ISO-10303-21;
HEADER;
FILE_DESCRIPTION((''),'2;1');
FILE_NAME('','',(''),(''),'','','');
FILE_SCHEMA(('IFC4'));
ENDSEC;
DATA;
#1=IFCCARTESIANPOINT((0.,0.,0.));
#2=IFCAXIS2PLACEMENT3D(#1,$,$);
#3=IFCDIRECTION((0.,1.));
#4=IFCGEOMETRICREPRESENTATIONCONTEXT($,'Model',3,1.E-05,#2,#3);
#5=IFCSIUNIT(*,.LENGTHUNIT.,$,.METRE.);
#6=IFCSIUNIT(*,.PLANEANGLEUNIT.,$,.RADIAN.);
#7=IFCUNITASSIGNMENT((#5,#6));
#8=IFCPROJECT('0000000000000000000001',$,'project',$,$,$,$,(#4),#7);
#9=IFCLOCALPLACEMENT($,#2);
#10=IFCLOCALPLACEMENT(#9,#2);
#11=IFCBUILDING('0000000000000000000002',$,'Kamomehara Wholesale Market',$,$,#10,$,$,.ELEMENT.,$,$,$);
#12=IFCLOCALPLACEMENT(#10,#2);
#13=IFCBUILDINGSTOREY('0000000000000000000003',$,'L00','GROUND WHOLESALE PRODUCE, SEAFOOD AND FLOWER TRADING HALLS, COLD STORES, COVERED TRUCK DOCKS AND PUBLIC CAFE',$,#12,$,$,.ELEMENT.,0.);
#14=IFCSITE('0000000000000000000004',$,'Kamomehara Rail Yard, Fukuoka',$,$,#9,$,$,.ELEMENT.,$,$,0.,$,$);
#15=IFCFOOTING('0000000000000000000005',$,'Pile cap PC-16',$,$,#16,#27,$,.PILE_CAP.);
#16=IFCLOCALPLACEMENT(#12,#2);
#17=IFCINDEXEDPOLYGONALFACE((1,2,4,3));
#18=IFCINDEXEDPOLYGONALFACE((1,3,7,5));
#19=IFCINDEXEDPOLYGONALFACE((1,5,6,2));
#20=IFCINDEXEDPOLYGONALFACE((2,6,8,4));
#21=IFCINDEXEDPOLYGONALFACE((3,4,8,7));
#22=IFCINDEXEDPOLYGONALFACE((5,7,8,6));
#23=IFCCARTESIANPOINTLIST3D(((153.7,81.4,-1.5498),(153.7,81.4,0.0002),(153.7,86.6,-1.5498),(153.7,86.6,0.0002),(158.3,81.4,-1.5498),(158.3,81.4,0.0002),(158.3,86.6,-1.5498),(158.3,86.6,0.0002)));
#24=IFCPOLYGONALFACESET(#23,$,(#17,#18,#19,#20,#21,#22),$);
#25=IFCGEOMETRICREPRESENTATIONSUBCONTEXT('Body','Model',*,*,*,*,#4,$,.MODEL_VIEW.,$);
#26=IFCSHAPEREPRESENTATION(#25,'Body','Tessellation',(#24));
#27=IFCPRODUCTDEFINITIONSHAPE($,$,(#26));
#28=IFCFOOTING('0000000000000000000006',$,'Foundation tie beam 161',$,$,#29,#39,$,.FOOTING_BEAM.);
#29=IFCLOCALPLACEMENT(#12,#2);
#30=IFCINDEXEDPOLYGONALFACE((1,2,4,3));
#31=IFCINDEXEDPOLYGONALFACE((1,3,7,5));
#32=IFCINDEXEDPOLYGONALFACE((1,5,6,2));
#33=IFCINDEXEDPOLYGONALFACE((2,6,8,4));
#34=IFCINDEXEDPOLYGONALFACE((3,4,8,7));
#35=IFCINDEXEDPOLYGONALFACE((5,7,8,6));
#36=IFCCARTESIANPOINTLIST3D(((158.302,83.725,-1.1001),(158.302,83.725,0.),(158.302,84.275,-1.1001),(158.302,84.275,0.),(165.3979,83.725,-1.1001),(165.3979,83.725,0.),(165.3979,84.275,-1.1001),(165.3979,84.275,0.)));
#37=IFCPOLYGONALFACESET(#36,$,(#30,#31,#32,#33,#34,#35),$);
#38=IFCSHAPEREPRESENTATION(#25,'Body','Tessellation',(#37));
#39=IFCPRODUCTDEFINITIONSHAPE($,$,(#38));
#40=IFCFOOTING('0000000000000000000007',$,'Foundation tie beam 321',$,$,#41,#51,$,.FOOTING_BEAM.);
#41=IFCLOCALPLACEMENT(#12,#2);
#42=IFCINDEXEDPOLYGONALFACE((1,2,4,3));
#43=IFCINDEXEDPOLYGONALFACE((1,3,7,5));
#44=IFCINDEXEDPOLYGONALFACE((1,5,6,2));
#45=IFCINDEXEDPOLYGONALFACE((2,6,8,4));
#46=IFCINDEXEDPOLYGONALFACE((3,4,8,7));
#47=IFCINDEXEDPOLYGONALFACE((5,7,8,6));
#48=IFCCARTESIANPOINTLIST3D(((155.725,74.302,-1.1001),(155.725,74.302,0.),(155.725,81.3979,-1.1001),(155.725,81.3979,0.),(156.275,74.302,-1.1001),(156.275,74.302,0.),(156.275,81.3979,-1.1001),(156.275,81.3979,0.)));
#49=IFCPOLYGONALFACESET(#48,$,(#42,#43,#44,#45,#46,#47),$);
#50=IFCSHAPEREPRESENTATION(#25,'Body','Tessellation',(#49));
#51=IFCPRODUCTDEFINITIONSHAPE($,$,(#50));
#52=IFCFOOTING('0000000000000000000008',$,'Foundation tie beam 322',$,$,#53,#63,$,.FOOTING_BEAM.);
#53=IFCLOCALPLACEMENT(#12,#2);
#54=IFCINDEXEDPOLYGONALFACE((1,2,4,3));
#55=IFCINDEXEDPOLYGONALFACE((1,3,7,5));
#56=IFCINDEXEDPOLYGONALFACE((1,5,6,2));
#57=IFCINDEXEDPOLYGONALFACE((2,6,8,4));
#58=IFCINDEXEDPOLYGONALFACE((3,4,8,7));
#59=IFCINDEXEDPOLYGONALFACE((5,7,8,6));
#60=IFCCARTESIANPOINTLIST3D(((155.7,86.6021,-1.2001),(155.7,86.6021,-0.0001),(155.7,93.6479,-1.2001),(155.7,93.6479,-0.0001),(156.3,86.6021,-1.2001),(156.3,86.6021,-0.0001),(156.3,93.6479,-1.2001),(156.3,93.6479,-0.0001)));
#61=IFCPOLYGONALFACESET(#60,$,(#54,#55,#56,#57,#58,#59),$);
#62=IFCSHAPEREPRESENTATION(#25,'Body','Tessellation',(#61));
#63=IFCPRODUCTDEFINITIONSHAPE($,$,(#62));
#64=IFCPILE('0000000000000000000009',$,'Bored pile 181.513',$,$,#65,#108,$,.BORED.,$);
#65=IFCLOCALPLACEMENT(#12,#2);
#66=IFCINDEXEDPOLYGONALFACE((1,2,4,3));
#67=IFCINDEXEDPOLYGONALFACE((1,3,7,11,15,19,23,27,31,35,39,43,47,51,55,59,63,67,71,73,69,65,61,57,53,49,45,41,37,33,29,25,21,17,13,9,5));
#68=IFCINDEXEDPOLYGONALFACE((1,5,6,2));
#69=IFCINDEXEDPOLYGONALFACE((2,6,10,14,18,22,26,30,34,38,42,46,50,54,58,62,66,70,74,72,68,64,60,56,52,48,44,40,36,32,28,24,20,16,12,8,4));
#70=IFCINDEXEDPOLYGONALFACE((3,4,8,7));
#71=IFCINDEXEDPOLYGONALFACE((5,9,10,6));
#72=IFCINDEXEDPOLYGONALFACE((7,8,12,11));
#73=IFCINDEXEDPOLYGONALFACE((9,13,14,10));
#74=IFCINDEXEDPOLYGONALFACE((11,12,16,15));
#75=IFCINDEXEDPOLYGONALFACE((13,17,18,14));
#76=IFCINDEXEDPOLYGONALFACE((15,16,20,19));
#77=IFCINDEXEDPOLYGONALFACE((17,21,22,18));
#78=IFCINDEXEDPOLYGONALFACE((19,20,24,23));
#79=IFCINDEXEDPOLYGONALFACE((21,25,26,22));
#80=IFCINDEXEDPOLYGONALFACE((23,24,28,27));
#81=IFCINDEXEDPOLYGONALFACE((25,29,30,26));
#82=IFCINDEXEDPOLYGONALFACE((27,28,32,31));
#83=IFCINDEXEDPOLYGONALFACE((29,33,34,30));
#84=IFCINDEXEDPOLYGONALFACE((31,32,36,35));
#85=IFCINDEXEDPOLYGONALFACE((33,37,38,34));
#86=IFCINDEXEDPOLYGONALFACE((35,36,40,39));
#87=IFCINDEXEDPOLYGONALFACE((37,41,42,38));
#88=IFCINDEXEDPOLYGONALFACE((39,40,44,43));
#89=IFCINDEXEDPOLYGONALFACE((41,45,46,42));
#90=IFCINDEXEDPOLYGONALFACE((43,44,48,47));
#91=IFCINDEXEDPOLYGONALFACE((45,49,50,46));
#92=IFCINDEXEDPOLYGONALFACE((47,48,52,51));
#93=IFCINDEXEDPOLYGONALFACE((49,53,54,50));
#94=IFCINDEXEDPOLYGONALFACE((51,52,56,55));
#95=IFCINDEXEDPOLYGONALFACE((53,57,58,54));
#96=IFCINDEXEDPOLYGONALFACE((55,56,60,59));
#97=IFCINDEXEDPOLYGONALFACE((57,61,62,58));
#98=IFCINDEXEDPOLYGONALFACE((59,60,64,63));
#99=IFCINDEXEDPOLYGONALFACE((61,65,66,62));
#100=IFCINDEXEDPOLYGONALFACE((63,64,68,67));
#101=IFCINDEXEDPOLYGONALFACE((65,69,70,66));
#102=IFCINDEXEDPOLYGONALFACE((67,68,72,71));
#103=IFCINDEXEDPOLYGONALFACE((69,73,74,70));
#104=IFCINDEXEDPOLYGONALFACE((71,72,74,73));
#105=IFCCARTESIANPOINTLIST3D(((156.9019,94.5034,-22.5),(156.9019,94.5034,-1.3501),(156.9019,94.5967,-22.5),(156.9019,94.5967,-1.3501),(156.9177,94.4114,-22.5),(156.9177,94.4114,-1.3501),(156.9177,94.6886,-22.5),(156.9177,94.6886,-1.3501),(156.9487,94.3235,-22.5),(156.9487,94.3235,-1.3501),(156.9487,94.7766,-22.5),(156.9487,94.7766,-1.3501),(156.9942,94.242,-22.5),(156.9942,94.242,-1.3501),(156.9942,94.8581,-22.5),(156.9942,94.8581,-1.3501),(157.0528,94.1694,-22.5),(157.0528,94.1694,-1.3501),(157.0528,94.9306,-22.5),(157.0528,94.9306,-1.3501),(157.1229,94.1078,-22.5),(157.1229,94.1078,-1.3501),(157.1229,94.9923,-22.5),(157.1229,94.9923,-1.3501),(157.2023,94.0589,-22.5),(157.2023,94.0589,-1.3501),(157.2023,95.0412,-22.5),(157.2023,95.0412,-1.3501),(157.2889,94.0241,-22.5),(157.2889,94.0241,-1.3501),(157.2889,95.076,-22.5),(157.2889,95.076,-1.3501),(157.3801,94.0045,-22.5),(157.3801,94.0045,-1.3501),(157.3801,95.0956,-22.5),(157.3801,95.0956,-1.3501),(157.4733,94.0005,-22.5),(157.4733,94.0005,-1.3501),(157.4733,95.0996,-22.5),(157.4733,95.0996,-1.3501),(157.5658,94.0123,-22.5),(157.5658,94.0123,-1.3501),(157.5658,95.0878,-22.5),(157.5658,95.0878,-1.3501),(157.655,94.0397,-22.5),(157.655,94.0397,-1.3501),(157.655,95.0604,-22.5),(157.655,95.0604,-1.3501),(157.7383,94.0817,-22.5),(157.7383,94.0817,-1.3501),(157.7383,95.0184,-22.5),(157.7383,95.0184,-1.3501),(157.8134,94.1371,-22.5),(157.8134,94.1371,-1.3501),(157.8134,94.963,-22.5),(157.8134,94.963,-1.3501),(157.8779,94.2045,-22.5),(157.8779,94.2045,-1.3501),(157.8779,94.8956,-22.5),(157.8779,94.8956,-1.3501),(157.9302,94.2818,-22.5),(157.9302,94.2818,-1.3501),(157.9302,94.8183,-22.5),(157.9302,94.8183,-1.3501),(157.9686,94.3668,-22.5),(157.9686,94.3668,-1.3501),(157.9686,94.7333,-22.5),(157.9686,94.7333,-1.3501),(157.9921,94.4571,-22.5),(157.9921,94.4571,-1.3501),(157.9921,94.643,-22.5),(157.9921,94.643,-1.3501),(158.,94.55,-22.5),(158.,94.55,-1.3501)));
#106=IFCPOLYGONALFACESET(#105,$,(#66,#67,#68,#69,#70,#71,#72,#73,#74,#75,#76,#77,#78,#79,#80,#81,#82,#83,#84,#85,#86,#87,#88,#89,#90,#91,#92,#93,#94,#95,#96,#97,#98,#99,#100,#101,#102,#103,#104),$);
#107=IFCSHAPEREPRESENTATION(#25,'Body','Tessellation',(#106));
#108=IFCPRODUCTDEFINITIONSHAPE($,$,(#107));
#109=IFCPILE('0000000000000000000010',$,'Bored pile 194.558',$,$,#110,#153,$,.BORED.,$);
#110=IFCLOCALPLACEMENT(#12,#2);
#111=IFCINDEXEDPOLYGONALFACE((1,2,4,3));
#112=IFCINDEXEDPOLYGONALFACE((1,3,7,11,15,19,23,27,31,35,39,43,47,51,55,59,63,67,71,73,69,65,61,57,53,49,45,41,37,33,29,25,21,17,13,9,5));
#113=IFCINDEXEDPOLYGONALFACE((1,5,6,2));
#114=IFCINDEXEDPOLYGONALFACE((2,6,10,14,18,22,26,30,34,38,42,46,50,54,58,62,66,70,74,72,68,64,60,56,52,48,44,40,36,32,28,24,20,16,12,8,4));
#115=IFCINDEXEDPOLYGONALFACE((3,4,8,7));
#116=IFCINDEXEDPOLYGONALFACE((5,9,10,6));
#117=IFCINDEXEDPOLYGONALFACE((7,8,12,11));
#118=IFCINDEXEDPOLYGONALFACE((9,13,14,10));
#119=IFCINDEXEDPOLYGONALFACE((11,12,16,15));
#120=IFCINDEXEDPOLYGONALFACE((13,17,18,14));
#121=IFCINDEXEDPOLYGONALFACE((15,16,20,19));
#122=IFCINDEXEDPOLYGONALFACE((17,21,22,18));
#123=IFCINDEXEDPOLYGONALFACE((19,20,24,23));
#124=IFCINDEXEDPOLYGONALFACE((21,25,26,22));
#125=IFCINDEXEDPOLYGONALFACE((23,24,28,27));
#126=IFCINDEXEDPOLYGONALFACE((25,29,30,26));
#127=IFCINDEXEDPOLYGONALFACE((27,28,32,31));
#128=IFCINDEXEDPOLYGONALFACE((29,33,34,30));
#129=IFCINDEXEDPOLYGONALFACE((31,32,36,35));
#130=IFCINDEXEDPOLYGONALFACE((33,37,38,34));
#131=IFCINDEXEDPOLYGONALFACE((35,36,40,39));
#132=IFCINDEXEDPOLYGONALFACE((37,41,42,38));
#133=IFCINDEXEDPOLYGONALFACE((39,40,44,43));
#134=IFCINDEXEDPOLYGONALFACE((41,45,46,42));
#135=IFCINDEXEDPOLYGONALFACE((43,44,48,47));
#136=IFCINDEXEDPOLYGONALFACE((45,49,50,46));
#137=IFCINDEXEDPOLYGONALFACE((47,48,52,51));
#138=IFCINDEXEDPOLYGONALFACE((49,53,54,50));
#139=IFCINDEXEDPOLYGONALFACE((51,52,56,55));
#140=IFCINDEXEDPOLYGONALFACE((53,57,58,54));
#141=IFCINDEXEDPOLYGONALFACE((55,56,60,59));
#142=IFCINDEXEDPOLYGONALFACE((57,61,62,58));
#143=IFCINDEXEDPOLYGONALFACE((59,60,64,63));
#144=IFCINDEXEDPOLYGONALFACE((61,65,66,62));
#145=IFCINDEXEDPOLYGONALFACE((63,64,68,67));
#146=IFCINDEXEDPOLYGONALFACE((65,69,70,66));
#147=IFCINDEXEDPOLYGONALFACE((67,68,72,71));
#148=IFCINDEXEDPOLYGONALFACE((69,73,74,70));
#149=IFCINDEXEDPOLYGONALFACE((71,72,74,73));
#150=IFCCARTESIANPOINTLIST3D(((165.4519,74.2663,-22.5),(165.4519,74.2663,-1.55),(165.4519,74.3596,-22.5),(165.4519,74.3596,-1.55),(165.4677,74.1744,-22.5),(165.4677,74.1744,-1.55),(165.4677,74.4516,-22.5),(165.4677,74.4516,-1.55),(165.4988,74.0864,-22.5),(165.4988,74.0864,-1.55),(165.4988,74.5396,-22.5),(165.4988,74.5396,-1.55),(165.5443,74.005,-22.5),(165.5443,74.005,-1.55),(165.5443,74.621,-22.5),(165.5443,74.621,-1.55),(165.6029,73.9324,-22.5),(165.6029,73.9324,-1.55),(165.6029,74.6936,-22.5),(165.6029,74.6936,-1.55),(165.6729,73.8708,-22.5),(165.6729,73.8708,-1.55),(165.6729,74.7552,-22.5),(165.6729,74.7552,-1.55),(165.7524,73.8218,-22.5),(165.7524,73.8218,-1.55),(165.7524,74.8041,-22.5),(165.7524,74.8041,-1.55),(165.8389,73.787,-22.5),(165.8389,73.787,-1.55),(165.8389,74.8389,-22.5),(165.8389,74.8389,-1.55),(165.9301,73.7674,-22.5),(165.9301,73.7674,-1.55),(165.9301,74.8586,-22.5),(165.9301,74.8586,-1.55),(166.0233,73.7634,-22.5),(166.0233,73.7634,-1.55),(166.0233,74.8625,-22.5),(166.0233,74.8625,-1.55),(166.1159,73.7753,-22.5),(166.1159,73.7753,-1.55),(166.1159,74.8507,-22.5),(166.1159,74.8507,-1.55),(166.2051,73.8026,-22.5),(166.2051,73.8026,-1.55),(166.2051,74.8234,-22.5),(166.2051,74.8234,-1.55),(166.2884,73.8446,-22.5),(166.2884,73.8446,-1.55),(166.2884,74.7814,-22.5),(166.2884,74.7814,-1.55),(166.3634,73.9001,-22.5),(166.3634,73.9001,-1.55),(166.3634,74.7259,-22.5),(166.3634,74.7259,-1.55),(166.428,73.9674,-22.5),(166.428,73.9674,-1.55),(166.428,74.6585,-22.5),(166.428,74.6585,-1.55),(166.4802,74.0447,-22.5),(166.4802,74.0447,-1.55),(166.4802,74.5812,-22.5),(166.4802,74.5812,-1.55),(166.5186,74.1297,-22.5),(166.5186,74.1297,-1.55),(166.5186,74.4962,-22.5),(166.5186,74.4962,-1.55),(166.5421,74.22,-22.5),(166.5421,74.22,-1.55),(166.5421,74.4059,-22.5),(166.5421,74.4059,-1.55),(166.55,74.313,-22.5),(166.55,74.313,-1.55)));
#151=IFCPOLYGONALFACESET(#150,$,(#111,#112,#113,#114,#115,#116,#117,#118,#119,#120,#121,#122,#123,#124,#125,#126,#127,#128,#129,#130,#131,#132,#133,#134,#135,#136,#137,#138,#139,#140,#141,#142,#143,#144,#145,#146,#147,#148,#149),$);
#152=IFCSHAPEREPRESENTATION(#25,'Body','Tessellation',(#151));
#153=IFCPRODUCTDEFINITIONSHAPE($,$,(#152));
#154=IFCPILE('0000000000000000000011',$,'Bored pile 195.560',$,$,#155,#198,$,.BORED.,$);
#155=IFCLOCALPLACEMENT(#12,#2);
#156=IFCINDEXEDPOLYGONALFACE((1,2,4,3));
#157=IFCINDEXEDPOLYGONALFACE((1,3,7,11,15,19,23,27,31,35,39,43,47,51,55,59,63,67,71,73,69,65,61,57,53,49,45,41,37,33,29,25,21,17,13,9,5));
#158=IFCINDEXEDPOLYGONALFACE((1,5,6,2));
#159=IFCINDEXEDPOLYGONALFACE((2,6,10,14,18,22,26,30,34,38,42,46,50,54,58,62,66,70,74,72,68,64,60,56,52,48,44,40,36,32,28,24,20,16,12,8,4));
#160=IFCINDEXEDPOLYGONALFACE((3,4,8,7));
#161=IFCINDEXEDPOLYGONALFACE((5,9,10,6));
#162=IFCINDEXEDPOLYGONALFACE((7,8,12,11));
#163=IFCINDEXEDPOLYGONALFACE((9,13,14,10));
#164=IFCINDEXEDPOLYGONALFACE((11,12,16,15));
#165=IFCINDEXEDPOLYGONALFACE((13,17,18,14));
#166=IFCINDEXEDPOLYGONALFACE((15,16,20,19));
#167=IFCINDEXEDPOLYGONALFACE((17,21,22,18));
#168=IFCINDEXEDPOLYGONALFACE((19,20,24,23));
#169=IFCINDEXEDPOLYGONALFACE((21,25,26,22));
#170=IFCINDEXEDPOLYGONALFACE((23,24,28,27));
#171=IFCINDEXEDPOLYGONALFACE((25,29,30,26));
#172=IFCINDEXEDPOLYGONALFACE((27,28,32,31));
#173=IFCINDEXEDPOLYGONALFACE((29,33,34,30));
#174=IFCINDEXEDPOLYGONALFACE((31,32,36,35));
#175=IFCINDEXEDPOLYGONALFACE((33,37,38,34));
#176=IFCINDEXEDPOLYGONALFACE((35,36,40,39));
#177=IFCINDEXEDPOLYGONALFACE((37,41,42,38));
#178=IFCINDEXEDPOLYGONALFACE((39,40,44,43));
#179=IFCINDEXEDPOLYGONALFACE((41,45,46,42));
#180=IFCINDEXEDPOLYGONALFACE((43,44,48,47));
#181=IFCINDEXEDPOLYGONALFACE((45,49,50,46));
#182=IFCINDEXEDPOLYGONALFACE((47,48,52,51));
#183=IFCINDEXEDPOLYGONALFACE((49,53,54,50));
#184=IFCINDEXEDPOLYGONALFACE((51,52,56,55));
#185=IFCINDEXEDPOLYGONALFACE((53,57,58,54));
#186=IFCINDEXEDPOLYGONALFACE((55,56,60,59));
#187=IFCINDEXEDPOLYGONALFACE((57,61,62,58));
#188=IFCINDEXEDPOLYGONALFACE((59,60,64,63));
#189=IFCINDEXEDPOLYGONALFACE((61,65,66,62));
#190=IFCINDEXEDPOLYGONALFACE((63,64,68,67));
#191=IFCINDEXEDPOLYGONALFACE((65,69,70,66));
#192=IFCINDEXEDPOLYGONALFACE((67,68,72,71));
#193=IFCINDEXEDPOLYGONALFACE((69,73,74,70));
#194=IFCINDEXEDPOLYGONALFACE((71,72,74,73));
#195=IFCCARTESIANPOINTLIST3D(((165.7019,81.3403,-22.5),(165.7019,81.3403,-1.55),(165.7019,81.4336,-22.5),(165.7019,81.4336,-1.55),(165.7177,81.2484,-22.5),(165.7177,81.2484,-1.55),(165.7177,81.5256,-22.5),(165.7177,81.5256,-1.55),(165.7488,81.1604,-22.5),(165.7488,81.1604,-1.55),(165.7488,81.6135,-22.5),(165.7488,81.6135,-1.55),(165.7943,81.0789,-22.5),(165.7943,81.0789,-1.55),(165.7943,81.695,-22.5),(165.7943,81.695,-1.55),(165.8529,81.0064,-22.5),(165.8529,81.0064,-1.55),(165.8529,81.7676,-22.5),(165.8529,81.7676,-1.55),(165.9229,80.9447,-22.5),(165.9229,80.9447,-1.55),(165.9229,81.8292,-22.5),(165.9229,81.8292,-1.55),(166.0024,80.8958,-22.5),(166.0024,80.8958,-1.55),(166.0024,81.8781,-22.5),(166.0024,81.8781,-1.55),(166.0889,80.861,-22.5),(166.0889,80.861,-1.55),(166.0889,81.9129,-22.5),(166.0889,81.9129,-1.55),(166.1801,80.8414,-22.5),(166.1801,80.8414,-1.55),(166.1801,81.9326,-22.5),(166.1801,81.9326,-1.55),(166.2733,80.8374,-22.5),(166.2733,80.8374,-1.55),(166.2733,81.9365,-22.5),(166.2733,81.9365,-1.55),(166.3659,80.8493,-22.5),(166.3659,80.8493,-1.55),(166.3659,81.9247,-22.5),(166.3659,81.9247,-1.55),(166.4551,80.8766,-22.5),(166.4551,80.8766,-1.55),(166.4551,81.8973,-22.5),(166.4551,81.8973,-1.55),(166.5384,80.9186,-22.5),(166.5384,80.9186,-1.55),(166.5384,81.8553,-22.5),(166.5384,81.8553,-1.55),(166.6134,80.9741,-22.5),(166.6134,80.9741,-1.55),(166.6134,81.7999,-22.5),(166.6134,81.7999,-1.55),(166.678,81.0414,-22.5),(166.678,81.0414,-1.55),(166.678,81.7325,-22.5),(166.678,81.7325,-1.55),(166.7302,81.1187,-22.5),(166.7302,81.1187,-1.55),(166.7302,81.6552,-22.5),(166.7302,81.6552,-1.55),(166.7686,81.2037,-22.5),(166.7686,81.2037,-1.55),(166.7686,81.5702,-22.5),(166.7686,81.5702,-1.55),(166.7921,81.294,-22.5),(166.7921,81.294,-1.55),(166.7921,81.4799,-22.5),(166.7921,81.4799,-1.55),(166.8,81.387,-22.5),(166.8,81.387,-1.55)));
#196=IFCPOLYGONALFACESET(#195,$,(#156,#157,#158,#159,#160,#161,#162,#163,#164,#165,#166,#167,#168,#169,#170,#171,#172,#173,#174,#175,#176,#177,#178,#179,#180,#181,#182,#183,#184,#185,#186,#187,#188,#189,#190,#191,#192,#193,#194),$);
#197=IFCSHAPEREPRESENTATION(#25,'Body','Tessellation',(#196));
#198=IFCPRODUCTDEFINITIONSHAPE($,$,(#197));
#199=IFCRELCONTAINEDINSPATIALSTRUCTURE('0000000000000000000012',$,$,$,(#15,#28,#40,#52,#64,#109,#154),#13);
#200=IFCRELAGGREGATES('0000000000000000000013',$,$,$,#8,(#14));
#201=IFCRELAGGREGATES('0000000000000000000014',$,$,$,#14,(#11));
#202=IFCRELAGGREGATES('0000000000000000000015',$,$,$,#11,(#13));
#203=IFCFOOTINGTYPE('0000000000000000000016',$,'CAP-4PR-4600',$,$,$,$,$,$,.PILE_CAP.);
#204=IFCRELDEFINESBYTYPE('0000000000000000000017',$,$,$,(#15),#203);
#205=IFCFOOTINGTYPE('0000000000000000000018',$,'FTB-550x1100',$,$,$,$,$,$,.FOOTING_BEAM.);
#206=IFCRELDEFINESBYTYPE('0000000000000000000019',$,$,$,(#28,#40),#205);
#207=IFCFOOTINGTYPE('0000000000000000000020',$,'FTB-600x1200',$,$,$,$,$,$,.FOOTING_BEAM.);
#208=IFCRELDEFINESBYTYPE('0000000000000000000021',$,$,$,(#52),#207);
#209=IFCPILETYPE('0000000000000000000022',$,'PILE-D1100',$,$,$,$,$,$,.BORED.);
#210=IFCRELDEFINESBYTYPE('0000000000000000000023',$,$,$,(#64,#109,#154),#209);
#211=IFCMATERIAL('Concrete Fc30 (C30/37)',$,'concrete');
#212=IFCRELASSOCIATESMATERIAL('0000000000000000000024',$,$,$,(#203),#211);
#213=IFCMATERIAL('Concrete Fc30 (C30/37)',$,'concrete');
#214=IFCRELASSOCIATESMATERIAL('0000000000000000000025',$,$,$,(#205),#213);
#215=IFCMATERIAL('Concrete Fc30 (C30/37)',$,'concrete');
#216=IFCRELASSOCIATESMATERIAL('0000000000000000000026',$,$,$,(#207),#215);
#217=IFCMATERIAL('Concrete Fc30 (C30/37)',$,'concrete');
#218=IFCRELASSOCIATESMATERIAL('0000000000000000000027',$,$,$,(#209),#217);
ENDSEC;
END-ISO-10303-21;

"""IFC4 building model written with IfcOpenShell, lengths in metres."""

from ifc_helpers import new_model, si_unit, direction, frame, origin, origin_2d, place, context, subcontext, project, spatial, rectangle, circle, extrude, material, material_profile, profile_set, type_object, element, save


model = new_model("IFC4")

# Units and contexts
model_context = context("Model", 3, precision=1e-05, world=origin(), true_north=direction((0.0, 1.0)))
body_context = subcontext(model_context, "Body", "Model", "MODEL_VIEW")
ifc_project = project(units=[si_unit("LENGTHUNIT", "METRE"), si_unit("PLANEANGLEUNIT", "RADIAN")], contexts=[model_context])

# Site, building, storey
site_placement = place(None, origin())
site = spatial("IfcSite", under=ifc_project, at=site_placement, Name="Kamomehara Rail Yard, Fukuoka", CompositionType="ELEMENT", RefElevation=0.0)
building_placement = place(site_placement, origin())
building = spatial("IfcBuilding", under=site, at=building_placement, Name="Kamomehara Wholesale Market", CompositionType="ELEMENT")
storey_placement = place(building_placement, origin())
storey = spatial("IfcBuildingStorey", under=building, at=storey_placement, Name="L00", Description="GROUND WHOLESALE PRODUCE, SEAFOOD AND FLOWER TRADING HALLS, COLD STORES, COVERED TRUCK DOCKS AND PUBLIC CAFE", CompositionType="ELEMENT", Elevation=0.0)

# Footings
ifc_material_1 = material(Name="Concrete Fc30 (C30/37)", Category="concrete")
footing_type_1 = type_object("IfcFootingType", Name="CAP-4PR-4600", PredefinedType="PILE_CAP", material=ifc_material_1)
footing_1_placement = place(storey_placement, frame((156.0, 84.0, -1.5498), z_axis=(0.0, 0.0, 1.0), x_axis=(1.0, 0.0, 0.0)))
element("IfcFooting", 1, at=footing_1_placement, inside=storey, type_object=footing_type_1, Name="Pile cap PC-16", PredefinedType="PILE_CAP", context=body_context, shape_type="SweptSolid", body=[
    extrude(rectangle(XDim=4.6001, YDim=5.2, at=origin_2d()), origin(), (0.0, 0.0, 1.0), 1.55),
])
ifc_material_2 = material(Name="Concrete Fc30 (C30/37)", Category="concrete")
ifc_material_profile_1 = material_profile(ifc_material_2, rectangle(XDim=0.55, YDim=1.1001, at=origin_2d()), Name="RC-FTB-550x1100")
ifc_profile_set_1 = profile_set([ifc_material_profile_1], Name="Concrete Fc30 (C30/37)")
footing_type_2 = type_object("IfcFootingType", Name="FTB-550x1100", PredefinedType="FOOTING_BEAM", material=ifc_profile_set_1)
for number, where, z_axis, x_axis, name in (
    (2, (158.302, 84.0, -0.55), (1.0, 0.0, 0.0), (0.0, 1.0, 0.0), "Foundation tie beam 161"),
    (3, (156.0, 74.302, -0.55), (0.0, 1.0, 0.0), (-1.0, 0.0, 0.0), "Foundation tie beam 321"),
):
    element("IfcFooting", number, at=place(storey_placement, frame(where, z_axis=z_axis, x_axis=x_axis)), inside=storey, type_object=footing_type_2, Name=name, PredefinedType="FOOTING_BEAM", context=body_context, shape_type="SweptSolid", body=[
        extrude(rectangle(XDim=0.55, YDim=1.1001, at=origin_2d()), origin(), (0.0, 0.0, 1.0), 7.0959),
    ])
ifc_material_3 = material(Name="Concrete Fc30 (C30/37)", Category="concrete")
ifc_material_profile_2 = material_profile(ifc_material_3, rectangle(XDim=0.6001, YDim=1.2, at=origin_2d()), Name="RC-FTB-600x1200")
ifc_profile_set_2 = profile_set([ifc_material_profile_2], Name="Concrete Fc30 (C30/37)")
footing_type_3 = type_object("IfcFootingType", Name="FTB-600x1200", PredefinedType="FOOTING_BEAM", material=ifc_profile_set_2)
footing_2_placement = place(storey_placement, frame((156.0, 86.6021, -0.6001), z_axis=(0.0, 1.0, 0.0), x_axis=(-1.0, 0.0, 0.0)))
element("IfcFooting", 4, at=footing_2_placement, inside=storey, type_object=footing_type_3, Name="Foundation tie beam 322", PredefinedType="FOOTING_BEAM", context=body_context, shape_type="SweptSolid", body=[
    extrude(rectangle(XDim=0.6001, YDim=1.2, at=origin_2d()), origin(), (0.0, 0.0, 1.0), 7.0459),
])

# Piles
ifc_material_4 = material(Name="Concrete Fc30 (C30/37)", Category="concrete")
ifc_material_profile_3 = material_profile(ifc_material_4, circle(Radius=0.55, at=origin_2d()), Name="RC-PILE-D1100")
ifc_profile_set_3 = profile_set([ifc_material_profile_3], Name="Concrete Fc30 (C30/37)")
pile_type_1 = type_object("IfcPileType", Name="PILE-D1100", PredefinedType="BORED", material=ifc_profile_set_3)
pile_1_placement = place(storey_placement, frame((157.45, 94.55, -1.3501), z_axis=(0.0, 0.0, -1.0), x_axis=(1.0, 0.0, 0.0)))
element("IfcPile", 5, at=pile_1_placement, inside=storey, type_object=pile_type_1, Name="Bored pile 181.513", PredefinedType="BORED", context=body_context, shape_type="SweptSolid", body=[
    extrude(circle(Radius=0.55, at=origin_2d()), origin(), (0.0, 0.0, 1.0), 21.1499),
])
for number, where, z_axis, x_axis, name in (
    (6, (166.0, 74.313, -1.55), (0.0, 0.0, -1.0), (1.0, 0.0, 0.0), "Bored pile 194.558"),
    (7, (166.25, 81.387, -1.55), (0.0, 0.0, -1.0), (1.0, 0.0, 0.0), "Bored pile 195.560"),
):
    element("IfcPile", number, at=place(storey_placement, frame(where, z_axis=z_axis, x_axis=x_axis)), inside=storey, type_object=pile_type_1, Name=name, PredefinedType="BORED", context=body_context, shape_type="SweptSolid", body=[
        extrude(circle(Radius=0.55, at=origin_2d()), origin(), (0.0, 0.0, 1.0), 20.95),
    ])

save(model, "model.ifc")
